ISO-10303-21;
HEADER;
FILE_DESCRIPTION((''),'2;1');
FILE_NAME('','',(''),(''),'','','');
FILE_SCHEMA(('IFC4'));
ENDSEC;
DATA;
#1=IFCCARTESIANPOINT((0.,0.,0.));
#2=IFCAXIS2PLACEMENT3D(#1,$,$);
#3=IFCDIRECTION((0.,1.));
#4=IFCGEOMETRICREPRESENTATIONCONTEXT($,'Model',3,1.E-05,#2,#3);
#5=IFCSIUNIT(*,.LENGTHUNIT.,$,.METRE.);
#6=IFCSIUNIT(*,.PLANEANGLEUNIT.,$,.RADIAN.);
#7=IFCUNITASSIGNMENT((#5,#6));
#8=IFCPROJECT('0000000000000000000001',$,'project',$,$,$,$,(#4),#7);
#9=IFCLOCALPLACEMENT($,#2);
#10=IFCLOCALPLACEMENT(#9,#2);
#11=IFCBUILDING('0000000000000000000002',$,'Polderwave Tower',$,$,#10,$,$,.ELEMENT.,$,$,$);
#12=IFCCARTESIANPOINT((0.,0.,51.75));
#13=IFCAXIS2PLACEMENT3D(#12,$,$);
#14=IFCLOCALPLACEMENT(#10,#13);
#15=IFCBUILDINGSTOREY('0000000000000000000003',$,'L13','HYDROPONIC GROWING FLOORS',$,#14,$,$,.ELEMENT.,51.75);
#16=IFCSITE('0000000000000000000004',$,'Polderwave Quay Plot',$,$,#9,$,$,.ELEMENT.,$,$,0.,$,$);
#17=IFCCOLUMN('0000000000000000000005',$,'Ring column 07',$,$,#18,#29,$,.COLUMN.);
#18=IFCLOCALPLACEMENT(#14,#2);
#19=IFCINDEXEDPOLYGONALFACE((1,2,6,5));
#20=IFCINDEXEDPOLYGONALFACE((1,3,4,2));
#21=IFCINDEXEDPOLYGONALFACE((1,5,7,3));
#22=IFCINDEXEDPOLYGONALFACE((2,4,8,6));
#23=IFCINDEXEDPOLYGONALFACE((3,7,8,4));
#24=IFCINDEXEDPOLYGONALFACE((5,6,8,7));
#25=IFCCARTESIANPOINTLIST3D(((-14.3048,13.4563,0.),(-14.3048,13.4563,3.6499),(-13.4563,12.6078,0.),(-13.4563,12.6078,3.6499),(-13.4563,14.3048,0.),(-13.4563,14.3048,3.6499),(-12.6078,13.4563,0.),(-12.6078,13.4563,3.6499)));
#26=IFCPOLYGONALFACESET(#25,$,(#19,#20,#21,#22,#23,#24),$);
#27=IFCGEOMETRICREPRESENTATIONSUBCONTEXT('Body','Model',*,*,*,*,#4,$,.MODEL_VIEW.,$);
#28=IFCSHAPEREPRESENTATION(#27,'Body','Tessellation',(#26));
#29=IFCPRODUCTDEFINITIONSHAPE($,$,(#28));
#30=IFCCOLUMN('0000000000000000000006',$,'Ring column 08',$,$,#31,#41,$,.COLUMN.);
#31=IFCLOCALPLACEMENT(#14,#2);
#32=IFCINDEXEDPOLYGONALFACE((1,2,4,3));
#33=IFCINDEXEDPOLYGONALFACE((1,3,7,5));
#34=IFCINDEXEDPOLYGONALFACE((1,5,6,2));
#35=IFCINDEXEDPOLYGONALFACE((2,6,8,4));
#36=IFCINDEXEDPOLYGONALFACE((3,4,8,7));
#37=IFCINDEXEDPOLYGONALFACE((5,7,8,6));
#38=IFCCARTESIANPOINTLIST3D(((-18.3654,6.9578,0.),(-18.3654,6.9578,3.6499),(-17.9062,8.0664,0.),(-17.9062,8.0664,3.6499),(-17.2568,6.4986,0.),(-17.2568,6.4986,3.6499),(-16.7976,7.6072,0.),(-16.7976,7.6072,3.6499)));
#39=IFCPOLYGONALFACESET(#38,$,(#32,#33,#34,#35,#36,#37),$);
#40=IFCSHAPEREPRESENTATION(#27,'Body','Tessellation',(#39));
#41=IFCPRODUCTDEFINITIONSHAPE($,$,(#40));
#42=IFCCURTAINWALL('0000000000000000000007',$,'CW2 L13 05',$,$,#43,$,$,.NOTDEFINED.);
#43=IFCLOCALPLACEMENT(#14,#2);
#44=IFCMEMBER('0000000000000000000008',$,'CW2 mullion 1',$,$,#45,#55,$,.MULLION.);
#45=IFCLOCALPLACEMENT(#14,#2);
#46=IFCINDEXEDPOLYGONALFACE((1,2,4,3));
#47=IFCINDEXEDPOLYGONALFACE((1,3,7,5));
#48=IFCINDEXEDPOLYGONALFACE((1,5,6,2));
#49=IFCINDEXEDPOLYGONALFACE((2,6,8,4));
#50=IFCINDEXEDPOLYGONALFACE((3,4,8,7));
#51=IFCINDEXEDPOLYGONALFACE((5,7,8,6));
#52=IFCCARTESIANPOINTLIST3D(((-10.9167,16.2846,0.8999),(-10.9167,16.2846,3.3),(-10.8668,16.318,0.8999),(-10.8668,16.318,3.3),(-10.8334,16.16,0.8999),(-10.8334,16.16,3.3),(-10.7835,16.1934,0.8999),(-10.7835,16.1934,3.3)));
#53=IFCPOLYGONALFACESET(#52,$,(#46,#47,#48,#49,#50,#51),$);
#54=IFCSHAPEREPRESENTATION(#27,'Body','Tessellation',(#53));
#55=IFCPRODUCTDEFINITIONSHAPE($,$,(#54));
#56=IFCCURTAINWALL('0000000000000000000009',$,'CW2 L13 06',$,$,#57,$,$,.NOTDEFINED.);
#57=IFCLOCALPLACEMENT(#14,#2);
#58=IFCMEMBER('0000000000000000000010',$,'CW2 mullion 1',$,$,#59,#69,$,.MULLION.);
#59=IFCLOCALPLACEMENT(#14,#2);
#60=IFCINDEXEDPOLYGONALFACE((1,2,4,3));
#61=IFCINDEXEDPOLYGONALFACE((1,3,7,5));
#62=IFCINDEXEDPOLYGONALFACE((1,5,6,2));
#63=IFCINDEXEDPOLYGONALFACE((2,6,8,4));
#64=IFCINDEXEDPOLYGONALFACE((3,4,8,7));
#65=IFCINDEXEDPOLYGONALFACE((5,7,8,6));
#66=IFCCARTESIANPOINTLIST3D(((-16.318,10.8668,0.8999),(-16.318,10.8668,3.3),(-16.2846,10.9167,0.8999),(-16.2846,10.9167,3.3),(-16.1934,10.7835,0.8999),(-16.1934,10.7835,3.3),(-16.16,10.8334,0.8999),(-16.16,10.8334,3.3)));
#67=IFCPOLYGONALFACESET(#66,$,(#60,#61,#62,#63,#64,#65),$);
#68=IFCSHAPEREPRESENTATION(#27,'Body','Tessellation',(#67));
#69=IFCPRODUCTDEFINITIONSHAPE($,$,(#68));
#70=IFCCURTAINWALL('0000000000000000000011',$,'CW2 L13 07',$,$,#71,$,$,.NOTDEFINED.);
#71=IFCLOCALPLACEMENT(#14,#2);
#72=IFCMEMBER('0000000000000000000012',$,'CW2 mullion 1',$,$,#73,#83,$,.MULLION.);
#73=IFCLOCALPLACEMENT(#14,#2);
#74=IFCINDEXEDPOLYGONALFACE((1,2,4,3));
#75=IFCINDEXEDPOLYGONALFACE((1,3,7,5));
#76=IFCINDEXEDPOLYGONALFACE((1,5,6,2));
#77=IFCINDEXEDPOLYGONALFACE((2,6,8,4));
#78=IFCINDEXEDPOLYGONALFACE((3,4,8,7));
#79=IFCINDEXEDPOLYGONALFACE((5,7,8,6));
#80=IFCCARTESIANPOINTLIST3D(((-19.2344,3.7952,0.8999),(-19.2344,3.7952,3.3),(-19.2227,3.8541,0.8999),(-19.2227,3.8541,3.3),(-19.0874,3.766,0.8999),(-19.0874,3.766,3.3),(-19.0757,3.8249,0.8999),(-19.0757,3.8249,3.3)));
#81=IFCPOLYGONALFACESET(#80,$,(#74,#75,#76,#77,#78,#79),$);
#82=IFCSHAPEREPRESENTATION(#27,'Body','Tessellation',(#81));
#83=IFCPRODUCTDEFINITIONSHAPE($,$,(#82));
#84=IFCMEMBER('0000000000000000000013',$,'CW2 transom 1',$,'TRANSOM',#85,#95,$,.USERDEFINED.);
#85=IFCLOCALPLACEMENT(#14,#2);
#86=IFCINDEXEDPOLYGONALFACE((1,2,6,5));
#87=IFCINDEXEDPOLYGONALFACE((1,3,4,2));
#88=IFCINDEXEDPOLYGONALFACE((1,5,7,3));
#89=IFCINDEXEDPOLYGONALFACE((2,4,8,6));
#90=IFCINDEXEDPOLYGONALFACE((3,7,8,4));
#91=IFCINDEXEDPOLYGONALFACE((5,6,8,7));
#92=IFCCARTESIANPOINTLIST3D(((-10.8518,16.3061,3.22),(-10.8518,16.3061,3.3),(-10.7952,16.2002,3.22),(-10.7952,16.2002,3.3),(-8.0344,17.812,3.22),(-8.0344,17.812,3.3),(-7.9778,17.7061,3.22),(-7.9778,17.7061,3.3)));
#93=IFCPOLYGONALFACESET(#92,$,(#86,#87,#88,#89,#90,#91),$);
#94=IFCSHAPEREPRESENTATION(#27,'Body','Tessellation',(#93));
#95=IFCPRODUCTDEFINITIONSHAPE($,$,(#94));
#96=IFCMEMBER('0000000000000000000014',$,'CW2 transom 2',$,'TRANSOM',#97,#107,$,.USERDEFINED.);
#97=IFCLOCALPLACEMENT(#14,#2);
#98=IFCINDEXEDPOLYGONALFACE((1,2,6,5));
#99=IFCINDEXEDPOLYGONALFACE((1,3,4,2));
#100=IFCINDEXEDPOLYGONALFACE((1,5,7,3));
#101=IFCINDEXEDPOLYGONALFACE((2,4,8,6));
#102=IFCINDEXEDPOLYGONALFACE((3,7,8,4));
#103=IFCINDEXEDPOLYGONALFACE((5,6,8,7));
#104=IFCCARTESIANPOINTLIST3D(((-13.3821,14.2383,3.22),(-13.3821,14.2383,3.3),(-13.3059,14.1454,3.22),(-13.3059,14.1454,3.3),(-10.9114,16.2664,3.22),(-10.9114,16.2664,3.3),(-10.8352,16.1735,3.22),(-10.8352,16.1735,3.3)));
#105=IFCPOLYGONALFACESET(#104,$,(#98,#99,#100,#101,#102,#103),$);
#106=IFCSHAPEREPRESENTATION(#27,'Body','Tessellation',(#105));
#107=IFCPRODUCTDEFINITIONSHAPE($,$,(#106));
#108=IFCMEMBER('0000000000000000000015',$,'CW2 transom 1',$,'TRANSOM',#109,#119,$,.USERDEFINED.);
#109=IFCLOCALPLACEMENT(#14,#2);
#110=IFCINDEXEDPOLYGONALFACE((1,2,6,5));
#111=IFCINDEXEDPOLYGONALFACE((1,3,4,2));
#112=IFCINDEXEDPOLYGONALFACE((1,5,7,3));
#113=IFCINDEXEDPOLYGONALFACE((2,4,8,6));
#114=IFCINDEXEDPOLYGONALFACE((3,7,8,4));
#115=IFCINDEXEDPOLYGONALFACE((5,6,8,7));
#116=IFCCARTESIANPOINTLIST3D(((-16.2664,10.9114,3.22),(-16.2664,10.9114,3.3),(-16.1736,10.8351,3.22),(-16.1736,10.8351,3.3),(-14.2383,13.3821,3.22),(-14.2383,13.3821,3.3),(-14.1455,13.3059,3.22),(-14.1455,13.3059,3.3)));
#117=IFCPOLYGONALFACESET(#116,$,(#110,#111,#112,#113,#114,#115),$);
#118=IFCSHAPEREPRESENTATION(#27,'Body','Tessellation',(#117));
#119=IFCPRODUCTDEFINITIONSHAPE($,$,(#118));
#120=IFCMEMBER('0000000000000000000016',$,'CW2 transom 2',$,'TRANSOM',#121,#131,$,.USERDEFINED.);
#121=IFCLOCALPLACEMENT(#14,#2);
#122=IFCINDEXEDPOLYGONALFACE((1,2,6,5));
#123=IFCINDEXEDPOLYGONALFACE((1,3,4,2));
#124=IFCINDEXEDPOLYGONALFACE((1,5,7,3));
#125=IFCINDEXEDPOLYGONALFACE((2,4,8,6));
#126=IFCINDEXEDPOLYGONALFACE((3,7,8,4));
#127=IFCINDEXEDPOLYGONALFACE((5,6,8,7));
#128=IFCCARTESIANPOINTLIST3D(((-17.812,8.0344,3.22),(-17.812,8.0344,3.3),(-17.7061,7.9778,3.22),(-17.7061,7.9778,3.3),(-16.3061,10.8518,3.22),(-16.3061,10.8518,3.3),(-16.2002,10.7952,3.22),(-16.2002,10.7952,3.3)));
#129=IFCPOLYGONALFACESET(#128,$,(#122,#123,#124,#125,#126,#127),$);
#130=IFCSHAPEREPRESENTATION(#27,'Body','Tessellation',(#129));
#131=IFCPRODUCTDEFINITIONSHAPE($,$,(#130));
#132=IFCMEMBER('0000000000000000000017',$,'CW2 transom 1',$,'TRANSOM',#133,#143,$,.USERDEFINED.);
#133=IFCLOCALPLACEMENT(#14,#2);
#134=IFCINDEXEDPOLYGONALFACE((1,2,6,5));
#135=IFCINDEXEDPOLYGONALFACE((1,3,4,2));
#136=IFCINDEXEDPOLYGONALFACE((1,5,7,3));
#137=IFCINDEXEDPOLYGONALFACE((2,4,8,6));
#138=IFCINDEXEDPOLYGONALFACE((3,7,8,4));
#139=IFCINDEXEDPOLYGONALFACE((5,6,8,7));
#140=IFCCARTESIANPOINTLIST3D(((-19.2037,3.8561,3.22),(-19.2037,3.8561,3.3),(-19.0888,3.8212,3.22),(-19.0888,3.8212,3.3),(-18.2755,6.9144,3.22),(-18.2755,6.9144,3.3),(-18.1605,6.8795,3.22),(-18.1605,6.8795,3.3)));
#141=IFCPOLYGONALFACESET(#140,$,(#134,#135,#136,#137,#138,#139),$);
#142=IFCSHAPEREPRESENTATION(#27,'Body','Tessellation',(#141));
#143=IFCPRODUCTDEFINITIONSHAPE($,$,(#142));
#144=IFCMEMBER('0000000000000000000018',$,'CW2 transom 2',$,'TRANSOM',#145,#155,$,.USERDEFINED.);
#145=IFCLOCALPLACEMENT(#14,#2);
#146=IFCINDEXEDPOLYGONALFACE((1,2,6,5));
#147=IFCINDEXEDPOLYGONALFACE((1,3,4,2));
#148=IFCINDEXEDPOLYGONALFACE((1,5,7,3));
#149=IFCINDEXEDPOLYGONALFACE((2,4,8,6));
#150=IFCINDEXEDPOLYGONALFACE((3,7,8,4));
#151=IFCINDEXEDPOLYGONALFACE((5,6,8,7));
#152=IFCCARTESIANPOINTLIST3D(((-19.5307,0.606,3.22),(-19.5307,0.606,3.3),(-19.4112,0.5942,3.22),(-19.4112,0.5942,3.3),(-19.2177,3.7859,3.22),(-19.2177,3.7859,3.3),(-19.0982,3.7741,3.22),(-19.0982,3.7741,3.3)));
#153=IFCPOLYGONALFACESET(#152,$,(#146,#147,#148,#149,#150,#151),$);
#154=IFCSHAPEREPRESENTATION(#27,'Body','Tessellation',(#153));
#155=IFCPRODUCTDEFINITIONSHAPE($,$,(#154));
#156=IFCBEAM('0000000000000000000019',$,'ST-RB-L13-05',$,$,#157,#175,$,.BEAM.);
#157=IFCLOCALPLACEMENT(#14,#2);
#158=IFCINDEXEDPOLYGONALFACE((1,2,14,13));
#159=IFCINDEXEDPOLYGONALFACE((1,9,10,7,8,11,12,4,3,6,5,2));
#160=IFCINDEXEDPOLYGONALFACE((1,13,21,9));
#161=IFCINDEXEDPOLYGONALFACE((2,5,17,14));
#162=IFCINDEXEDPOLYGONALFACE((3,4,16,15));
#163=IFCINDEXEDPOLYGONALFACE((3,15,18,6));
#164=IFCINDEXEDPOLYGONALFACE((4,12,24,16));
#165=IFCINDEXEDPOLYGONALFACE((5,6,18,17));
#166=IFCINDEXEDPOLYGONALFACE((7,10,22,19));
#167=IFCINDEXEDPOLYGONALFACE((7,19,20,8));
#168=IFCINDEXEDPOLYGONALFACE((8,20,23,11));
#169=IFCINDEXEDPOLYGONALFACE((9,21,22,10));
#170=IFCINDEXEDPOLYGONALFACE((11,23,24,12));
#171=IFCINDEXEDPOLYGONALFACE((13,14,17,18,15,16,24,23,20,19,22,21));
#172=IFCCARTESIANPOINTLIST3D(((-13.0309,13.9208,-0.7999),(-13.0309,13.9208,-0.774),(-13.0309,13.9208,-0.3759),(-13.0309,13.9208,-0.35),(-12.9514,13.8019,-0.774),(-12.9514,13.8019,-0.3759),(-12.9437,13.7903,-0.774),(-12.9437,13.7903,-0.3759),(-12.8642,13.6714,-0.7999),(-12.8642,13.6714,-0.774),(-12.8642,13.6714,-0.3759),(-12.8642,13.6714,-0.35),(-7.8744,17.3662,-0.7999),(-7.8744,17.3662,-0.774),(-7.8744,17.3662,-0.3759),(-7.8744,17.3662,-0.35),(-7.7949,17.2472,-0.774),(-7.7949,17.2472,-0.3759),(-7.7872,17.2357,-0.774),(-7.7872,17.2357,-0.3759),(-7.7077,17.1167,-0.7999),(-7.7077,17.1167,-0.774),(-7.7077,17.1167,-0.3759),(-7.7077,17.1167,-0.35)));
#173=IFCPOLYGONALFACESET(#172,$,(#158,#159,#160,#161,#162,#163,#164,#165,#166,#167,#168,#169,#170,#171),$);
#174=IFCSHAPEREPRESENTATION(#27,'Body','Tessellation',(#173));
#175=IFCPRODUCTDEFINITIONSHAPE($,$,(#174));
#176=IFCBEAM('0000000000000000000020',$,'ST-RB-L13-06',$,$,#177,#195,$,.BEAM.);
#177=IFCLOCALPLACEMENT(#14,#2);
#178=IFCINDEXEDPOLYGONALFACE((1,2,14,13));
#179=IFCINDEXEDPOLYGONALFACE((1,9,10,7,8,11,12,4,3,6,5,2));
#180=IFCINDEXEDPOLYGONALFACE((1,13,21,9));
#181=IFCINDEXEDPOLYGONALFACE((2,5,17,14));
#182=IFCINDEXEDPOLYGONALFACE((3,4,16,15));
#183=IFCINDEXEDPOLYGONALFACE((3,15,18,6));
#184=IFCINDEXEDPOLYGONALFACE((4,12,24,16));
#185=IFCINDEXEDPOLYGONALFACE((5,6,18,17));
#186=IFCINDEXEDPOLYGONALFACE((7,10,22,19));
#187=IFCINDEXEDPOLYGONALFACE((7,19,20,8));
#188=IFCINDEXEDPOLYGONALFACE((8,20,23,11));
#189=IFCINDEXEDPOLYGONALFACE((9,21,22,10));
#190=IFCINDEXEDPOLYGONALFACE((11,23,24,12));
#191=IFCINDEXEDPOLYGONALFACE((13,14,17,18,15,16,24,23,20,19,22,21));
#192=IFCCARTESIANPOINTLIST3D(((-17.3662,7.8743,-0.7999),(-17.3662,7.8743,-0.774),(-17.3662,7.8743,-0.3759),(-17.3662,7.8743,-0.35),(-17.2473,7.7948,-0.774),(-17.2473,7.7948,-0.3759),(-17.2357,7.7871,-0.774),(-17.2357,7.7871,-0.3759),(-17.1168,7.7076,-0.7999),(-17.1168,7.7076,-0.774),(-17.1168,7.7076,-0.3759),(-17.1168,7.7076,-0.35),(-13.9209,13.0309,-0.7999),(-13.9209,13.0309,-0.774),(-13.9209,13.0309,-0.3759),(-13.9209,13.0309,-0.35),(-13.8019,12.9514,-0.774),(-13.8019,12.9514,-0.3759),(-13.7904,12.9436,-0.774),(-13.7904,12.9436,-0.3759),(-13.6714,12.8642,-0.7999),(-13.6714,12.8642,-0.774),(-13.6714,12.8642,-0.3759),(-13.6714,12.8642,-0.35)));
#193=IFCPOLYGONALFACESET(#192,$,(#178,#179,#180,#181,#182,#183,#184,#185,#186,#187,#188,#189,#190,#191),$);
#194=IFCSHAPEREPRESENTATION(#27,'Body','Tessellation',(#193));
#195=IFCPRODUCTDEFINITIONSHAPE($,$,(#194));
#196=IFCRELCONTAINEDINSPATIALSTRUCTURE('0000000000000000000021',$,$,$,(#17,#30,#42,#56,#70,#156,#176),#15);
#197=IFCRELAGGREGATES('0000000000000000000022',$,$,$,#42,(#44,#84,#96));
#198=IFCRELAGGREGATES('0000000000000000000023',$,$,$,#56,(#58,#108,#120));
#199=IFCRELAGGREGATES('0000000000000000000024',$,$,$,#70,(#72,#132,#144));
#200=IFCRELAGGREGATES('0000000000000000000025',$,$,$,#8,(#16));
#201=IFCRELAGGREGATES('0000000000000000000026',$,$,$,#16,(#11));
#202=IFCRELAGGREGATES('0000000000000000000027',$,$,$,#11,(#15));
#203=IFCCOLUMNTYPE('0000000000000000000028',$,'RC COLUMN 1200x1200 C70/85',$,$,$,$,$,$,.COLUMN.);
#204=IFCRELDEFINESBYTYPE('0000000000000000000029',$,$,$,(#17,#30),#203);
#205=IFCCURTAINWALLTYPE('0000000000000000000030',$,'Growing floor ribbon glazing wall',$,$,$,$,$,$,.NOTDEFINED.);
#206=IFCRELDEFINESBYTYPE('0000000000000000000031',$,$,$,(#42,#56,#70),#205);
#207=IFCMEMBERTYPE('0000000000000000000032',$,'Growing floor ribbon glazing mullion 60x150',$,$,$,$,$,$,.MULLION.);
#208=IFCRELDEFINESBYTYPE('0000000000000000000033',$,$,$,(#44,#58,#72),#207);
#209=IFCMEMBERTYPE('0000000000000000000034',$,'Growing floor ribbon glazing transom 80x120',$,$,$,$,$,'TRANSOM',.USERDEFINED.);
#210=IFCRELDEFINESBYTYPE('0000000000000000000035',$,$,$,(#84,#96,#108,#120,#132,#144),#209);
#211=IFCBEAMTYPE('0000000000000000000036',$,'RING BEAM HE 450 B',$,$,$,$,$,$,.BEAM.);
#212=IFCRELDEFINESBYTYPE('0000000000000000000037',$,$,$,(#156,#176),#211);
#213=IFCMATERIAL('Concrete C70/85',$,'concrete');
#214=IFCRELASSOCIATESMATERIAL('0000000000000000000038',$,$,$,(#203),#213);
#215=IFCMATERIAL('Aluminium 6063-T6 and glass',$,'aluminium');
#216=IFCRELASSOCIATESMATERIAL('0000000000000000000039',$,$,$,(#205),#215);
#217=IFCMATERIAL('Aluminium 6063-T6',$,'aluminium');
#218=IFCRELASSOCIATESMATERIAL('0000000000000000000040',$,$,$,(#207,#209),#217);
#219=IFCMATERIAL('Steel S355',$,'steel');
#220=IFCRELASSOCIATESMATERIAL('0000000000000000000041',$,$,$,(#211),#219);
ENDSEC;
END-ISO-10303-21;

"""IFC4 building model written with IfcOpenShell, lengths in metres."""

from ifc_helpers import new_model, si_unit, direction, frame, origin, origin_2d, place, context, subcontext, project, spatial, rectangle, i_section, extrude, material, material_profile, profile_set, type_object, element, aggregate, save


model = new_model("IFC4")

# Units and contexts
model_context = context("Model", 3, precision=1e-05, world=origin(), true_north=direction((0.0, 1.0)))
body_context = subcontext(model_context, "Body", "Model", "MODEL_VIEW")
ifc_project = project(units=[si_unit("LENGTHUNIT", "METRE"), si_unit("PLANEANGLEUNIT", "RADIAN")], contexts=[model_context])

# Site, building, storey
site_placement = place(None, origin())
site = spatial("IfcSite", under=ifc_project, at=site_placement, Name="Polderwave Quay Plot", CompositionType="ELEMENT", RefElevation=0.0)
building_placement = place(site_placement, origin())
building = spatial("IfcBuilding", under=site, at=building_placement, Name="Polderwave Tower", CompositionType="ELEMENT")
storey_placement = place(building_placement, frame((0.0, 0.0, 51.75)))
storey = spatial("IfcBuildingStorey", under=building, at=storey_placement, Name="L13", Description="HYDROPONIC GROWING FLOORS", CompositionType="ELEMENT", Elevation=51.75)

# Columns
ifc_material_1 = material(Name="Concrete C70/85", Category="concrete")
ifc_material_profile_1 = material_profile(ifc_material_1, rectangle(XDim=1.2, YDim=1.2, at=origin_2d()), Name="RC 1200x1200")
ifc_profile_set_1 = profile_set([ifc_material_profile_1], Name="Concrete C70/85")
column_type = type_object("IfcColumnType", Name="RC COLUMN 1200x1200 C70/85", PredefinedType="COLUMN", material=ifc_profile_set_1)
for number, where, z_axis, x_axis, name in (
    (1, (-13.4563, 13.4563, 0.0), (0.0, 0.0, 1.0), (-0.707107, 0.707107, 0.0), "Ring column 07"),
    (2, (-17.5815, 7.2825, 0.0), (0.0, 0.0, 1.0), (-0.92388, 0.382683, 0.0), "Ring column 08"),
):
    element("IfcColumn", number, at=place(storey_placement, frame(where, z_axis=z_axis, x_axis=x_axis)), inside=storey, type_object=column_type, Name=name, PredefinedType="COLUMN", context=body_context, shape_type="SweptSolid", body=[
        extrude(rectangle(XDim=1.2, YDim=1.2, at=origin_2d()), origin(), (0.0, 0.0, 1.0), 3.6499),
    ])

# Curtain walls, members
ifc_material_2 = material(Name="Aluminium 6063-T6 and glass", Category="aluminium")
curtain_wall_type = type_object("IfcCurtainWallType", Name="Growing floor ribbon glazing wall", PredefinedType="NOTDEFINED", material=ifc_material_2)
curtain_wall_1_placement = place(storey_placement, origin())
curtain_wall_1 = element("IfcCurtainWall", 3, at=curtain_wall_1_placement, inside=storey, type_object=curtain_wall_type, Name="CW2 L13 05", PredefinedType="NOTDEFINED")
ifc_material_3 = material(Name="Aluminium 6063-T6", Category="aluminium")
ifc_material_profile_2 = material_profile(ifc_material_3, rectangle(XDim=0.1499, YDim=0.0601, at=origin_2d()), Name="AL 60x150")
ifc_profile_set_2 = profile_set([ifc_material_profile_2], Name="Aluminium 6063-T6")
member_type_1 = type_object("IfcMemberType", Name="Growing floor ribbon glazing mullion 60x150", PredefinedType="MULLION", material=ifc_profile_set_2)
member_1_placement = place(storey_placement, frame((-10.8501, 16.239, 0.8999), z_axis=(0.0, 0.0, 1.0), x_axis=(0.555576, -0.831466, 0.0)))
member_1 = element("IfcMember", 4, at=member_1_placement, type_object=member_type_1, Name="CW2 mullion 1", PredefinedType="MULLION", context=body_context, shape_type="SweptSolid", body=[
    extrude(rectangle(XDim=0.1499, YDim=0.0601, at=origin_2d()), origin(), (0.0, 0.0, 1.0), 2.4001),
])
curtain_wall_2_placement = place(storey_placement, origin())
curtain_wall_2 = element("IfcCurtainWall", 5, at=curtain_wall_2_placement, inside=storey, type_object=curtain_wall_type, Name="CW2 L13 06", PredefinedType="NOTDEFINED")
member_2_placement = place(storey_placement, frame((-16.239, 10.8501, 0.8999), z_axis=(0.0, 0.0, 1.0), x_axis=(0.831466, -0.555576, 0.0)))
member_2 = element("IfcMember", 6, at=member_2_placement, type_object=member_type_1, Name="CW2 mullion 1", PredefinedType="MULLION", context=body_context, shape_type="SweptSolid", body=[
    extrude(rectangle(XDim=0.1499, YDim=0.0601, at=origin_2d()), origin(), (0.0, 0.0, 1.0), 2.4001),
])
curtain_wall_3_placement = place(storey_placement, origin())
curtain_wall_3 = element("IfcCurtainWall", 7, at=curtain_wall_3_placement, inside=storey, type_object=curtain_wall_type, Name="CW2 L13 07", PredefinedType="NOTDEFINED")
member_3_placement = place(storey_placement, frame((-19.155, 3.8101, 0.8999), z_axis=(0.0, 0.0, 1.0), x_axis=(0.980774, -0.195149, 0.0)))
member_3 = element("IfcMember", 8, at=member_3_placement, type_object=member_type_1, Name="CW2 mullion 1", PredefinedType="MULLION", context=body_context, shape_type="SweptSolid", body=[
    extrude(rectangle(XDim=0.1499, YDim=0.0601, at=origin_2d()), origin(), (0.0, 0.0, 1.0), 2.4001),
])

# Members
ifc_material_profile_3 = material_profile(ifc_material_3, rectangle(XDim=0.1201, YDim=0.0801, at=origin_2d()), Name="AL 80x120")
ifc_profile_set_3 = profile_set([ifc_material_profile_3], Name="Aluminium 6063-T6")
member_type_2 = type_object("IfcMemberType", Name="Growing floor ribbon glazing transom 80x120", ElementType="TRANSOM", PredefinedType="USERDEFINED", material=ifc_profile_set_3)
member_4_placement = place(storey_placement, frame((-8.0061, 17.759, 3.26), z_axis=(-0.881929, -0.471381, 0.0), x_axis=(0.471381, -0.881929, 0.0)))
member_4 = element("IfcMember", 9, at=member_4_placement, type_object=member_type_2, Name="CW2 transom 1", ObjectType="TRANSOM", PredefinedType="USERDEFINED", context=body_context, shape_type="SweptSolid", body=[
    extrude(rectangle(XDim=0.1201, YDim=0.0801, at=origin_2d()), origin(), (0.0, 0.0, 1.0), 3.1946),
])
member_5_placement = place(storey_placement, frame((-10.8733, 16.22, 3.26), z_axis=(-0.772946, -0.634472, 0.0), x_axis=(0.634472, -0.772946, 0.0)))
member_5 = element("IfcMember", 10, at=member_5_placement, type_object=member_type_2, Name="CW2 transom 2", ObjectType="TRANSOM", PredefinedType="USERDEFINED", context=body_context, shape_type="SweptSolid", body=[
    extrude(rectangle(XDim=0.1201, YDim=0.0801, at=origin_2d()), origin(), (0.0, 0.0, 1.0), 3.1965),
])
member_6_placement = place(storey_placement, frame((-14.1919, 13.344, 3.26), z_axis=(-0.634472, -0.772946, 0.0), x_axis=(0.772946, -0.634472, 0.0)))
member_6 = element("IfcMember", 11, at=member_6_placement, type_object=member_type_2, Name="CW2 transom 1", ObjectType="TRANSOM", PredefinedType="USERDEFINED", context=body_context, shape_type="SweptSolid", body=[
    extrude(rectangle(XDim=0.1201, YDim=0.0801, at=origin_2d()), origin(), (0.0, 0.0, 1.0), 3.1965),
])
member_7_placement = place(storey_placement, frame((-16.2532, 10.8235, 3.26), z_axis=(-0.471381, -0.881929, 0.0), x_axis=(0.881929, -0.471381, 0.0)))
member_7 = element("IfcMember", 12, at=member_7_placement, type_object=member_type_2, Name="CW2 transom 2", ObjectType="TRANSOM", PredefinedType="USERDEFINED", context=body_context, shape_type="SweptSolid", body=[
    extrude(rectangle(XDim=0.1201, YDim=0.0801, at=origin_2d()), origin(), (0.0, 0.0, 1.0), 3.1946),
])
member_8_placement = place(storey_placement, frame((-18.218, 6.897, 3.26), z_axis=(-0.290423, -0.956898, 0.0), x_axis=(0.956898, -0.290423, 0.0)))
member_8 = element("IfcMember", 13, at=member_8_placement, type_object=member_type_2, Name="CW2 transom 1", ObjectType="TRANSOM", PredefinedType="USERDEFINED", context=body_context, shape_type="SweptSolid", body=[
    extrude(rectangle(XDim=0.1201, YDim=0.0801, at=origin_2d()), origin(), (0.0, 0.0, 1.0), 3.196),
])
member_9_placement = place(storey_placement, frame((-19.158, 3.78, 3.26), z_axis=(-0.097953, -0.995191, 0.0), x_axis=(0.995191, -0.097953, 0.0)))
member_9 = element("IfcMember", 14, at=member_9_placement, type_object=member_type_2, Name="CW2 transom 2", ObjectType="TRANSOM", PredefinedType="USERDEFINED", context=body_context, shape_type="SweptSolid", body=[
    extrude(rectangle(XDim=0.1201, YDim=0.0801, at=origin_2d()), origin(), (0.0, 0.0, 1.0), 3.1953),
])

# Beams
ifc_material_4 = material(Name="Steel S355", Category="steel")
ifc_material_profile_4 = material_profile(ifc_material_4, i_section(OverallWidth=0.3, OverallDepth=0.45, WebThickness=0.0139, FlangeThickness=0.0259, at=origin_2d()), Name="HE 450 B")
ifc_profile_set_4 = profile_set([ifc_material_profile_4], Name="Steel S355")
beam_type = type_object("IfcBeamType", Name="RING BEAM HE 450 B", PredefinedType="BEAM", material=ifc_profile_set_4)
for number, where, z_axis, x_axis, name in (
    (15, (-7.791, 17.2415, -0.575), (-0.831481, -0.555554, 0.0), (0.555554, -0.831481, 0.0), "ST-RB-L13-05"),
    (16, (-13.7961, 12.9475, -0.575), (-0.555554, -0.831481, 0.0), (0.831481, -0.555554, 0.0), "ST-RB-L13-06"),
):
    element("IfcBeam", number, at=place(storey_placement, frame(where, z_axis=z_axis, x_axis=x_axis)), inside=storey, type_object=beam_type, Name=name, PredefinedType="BEAM", context=body_context, shape_type="SweptSolid", body=[
        extrude(i_section(OverallWidth=0.3, OverallDepth=0.45, WebThickness=0.0139, FlangeThickness=0.0259, at=origin_2d()), origin(), (0.0, 0.0, 1.0), 6.2017),
    ])

aggregate(curtain_wall_1, [member_1, member_4, member_5])
aggregate(curtain_wall_2, [member_2, member_6, member_7])
aggregate(curtain_wall_3, [member_3, member_8, member_9])

save(model, "model.ifc")
